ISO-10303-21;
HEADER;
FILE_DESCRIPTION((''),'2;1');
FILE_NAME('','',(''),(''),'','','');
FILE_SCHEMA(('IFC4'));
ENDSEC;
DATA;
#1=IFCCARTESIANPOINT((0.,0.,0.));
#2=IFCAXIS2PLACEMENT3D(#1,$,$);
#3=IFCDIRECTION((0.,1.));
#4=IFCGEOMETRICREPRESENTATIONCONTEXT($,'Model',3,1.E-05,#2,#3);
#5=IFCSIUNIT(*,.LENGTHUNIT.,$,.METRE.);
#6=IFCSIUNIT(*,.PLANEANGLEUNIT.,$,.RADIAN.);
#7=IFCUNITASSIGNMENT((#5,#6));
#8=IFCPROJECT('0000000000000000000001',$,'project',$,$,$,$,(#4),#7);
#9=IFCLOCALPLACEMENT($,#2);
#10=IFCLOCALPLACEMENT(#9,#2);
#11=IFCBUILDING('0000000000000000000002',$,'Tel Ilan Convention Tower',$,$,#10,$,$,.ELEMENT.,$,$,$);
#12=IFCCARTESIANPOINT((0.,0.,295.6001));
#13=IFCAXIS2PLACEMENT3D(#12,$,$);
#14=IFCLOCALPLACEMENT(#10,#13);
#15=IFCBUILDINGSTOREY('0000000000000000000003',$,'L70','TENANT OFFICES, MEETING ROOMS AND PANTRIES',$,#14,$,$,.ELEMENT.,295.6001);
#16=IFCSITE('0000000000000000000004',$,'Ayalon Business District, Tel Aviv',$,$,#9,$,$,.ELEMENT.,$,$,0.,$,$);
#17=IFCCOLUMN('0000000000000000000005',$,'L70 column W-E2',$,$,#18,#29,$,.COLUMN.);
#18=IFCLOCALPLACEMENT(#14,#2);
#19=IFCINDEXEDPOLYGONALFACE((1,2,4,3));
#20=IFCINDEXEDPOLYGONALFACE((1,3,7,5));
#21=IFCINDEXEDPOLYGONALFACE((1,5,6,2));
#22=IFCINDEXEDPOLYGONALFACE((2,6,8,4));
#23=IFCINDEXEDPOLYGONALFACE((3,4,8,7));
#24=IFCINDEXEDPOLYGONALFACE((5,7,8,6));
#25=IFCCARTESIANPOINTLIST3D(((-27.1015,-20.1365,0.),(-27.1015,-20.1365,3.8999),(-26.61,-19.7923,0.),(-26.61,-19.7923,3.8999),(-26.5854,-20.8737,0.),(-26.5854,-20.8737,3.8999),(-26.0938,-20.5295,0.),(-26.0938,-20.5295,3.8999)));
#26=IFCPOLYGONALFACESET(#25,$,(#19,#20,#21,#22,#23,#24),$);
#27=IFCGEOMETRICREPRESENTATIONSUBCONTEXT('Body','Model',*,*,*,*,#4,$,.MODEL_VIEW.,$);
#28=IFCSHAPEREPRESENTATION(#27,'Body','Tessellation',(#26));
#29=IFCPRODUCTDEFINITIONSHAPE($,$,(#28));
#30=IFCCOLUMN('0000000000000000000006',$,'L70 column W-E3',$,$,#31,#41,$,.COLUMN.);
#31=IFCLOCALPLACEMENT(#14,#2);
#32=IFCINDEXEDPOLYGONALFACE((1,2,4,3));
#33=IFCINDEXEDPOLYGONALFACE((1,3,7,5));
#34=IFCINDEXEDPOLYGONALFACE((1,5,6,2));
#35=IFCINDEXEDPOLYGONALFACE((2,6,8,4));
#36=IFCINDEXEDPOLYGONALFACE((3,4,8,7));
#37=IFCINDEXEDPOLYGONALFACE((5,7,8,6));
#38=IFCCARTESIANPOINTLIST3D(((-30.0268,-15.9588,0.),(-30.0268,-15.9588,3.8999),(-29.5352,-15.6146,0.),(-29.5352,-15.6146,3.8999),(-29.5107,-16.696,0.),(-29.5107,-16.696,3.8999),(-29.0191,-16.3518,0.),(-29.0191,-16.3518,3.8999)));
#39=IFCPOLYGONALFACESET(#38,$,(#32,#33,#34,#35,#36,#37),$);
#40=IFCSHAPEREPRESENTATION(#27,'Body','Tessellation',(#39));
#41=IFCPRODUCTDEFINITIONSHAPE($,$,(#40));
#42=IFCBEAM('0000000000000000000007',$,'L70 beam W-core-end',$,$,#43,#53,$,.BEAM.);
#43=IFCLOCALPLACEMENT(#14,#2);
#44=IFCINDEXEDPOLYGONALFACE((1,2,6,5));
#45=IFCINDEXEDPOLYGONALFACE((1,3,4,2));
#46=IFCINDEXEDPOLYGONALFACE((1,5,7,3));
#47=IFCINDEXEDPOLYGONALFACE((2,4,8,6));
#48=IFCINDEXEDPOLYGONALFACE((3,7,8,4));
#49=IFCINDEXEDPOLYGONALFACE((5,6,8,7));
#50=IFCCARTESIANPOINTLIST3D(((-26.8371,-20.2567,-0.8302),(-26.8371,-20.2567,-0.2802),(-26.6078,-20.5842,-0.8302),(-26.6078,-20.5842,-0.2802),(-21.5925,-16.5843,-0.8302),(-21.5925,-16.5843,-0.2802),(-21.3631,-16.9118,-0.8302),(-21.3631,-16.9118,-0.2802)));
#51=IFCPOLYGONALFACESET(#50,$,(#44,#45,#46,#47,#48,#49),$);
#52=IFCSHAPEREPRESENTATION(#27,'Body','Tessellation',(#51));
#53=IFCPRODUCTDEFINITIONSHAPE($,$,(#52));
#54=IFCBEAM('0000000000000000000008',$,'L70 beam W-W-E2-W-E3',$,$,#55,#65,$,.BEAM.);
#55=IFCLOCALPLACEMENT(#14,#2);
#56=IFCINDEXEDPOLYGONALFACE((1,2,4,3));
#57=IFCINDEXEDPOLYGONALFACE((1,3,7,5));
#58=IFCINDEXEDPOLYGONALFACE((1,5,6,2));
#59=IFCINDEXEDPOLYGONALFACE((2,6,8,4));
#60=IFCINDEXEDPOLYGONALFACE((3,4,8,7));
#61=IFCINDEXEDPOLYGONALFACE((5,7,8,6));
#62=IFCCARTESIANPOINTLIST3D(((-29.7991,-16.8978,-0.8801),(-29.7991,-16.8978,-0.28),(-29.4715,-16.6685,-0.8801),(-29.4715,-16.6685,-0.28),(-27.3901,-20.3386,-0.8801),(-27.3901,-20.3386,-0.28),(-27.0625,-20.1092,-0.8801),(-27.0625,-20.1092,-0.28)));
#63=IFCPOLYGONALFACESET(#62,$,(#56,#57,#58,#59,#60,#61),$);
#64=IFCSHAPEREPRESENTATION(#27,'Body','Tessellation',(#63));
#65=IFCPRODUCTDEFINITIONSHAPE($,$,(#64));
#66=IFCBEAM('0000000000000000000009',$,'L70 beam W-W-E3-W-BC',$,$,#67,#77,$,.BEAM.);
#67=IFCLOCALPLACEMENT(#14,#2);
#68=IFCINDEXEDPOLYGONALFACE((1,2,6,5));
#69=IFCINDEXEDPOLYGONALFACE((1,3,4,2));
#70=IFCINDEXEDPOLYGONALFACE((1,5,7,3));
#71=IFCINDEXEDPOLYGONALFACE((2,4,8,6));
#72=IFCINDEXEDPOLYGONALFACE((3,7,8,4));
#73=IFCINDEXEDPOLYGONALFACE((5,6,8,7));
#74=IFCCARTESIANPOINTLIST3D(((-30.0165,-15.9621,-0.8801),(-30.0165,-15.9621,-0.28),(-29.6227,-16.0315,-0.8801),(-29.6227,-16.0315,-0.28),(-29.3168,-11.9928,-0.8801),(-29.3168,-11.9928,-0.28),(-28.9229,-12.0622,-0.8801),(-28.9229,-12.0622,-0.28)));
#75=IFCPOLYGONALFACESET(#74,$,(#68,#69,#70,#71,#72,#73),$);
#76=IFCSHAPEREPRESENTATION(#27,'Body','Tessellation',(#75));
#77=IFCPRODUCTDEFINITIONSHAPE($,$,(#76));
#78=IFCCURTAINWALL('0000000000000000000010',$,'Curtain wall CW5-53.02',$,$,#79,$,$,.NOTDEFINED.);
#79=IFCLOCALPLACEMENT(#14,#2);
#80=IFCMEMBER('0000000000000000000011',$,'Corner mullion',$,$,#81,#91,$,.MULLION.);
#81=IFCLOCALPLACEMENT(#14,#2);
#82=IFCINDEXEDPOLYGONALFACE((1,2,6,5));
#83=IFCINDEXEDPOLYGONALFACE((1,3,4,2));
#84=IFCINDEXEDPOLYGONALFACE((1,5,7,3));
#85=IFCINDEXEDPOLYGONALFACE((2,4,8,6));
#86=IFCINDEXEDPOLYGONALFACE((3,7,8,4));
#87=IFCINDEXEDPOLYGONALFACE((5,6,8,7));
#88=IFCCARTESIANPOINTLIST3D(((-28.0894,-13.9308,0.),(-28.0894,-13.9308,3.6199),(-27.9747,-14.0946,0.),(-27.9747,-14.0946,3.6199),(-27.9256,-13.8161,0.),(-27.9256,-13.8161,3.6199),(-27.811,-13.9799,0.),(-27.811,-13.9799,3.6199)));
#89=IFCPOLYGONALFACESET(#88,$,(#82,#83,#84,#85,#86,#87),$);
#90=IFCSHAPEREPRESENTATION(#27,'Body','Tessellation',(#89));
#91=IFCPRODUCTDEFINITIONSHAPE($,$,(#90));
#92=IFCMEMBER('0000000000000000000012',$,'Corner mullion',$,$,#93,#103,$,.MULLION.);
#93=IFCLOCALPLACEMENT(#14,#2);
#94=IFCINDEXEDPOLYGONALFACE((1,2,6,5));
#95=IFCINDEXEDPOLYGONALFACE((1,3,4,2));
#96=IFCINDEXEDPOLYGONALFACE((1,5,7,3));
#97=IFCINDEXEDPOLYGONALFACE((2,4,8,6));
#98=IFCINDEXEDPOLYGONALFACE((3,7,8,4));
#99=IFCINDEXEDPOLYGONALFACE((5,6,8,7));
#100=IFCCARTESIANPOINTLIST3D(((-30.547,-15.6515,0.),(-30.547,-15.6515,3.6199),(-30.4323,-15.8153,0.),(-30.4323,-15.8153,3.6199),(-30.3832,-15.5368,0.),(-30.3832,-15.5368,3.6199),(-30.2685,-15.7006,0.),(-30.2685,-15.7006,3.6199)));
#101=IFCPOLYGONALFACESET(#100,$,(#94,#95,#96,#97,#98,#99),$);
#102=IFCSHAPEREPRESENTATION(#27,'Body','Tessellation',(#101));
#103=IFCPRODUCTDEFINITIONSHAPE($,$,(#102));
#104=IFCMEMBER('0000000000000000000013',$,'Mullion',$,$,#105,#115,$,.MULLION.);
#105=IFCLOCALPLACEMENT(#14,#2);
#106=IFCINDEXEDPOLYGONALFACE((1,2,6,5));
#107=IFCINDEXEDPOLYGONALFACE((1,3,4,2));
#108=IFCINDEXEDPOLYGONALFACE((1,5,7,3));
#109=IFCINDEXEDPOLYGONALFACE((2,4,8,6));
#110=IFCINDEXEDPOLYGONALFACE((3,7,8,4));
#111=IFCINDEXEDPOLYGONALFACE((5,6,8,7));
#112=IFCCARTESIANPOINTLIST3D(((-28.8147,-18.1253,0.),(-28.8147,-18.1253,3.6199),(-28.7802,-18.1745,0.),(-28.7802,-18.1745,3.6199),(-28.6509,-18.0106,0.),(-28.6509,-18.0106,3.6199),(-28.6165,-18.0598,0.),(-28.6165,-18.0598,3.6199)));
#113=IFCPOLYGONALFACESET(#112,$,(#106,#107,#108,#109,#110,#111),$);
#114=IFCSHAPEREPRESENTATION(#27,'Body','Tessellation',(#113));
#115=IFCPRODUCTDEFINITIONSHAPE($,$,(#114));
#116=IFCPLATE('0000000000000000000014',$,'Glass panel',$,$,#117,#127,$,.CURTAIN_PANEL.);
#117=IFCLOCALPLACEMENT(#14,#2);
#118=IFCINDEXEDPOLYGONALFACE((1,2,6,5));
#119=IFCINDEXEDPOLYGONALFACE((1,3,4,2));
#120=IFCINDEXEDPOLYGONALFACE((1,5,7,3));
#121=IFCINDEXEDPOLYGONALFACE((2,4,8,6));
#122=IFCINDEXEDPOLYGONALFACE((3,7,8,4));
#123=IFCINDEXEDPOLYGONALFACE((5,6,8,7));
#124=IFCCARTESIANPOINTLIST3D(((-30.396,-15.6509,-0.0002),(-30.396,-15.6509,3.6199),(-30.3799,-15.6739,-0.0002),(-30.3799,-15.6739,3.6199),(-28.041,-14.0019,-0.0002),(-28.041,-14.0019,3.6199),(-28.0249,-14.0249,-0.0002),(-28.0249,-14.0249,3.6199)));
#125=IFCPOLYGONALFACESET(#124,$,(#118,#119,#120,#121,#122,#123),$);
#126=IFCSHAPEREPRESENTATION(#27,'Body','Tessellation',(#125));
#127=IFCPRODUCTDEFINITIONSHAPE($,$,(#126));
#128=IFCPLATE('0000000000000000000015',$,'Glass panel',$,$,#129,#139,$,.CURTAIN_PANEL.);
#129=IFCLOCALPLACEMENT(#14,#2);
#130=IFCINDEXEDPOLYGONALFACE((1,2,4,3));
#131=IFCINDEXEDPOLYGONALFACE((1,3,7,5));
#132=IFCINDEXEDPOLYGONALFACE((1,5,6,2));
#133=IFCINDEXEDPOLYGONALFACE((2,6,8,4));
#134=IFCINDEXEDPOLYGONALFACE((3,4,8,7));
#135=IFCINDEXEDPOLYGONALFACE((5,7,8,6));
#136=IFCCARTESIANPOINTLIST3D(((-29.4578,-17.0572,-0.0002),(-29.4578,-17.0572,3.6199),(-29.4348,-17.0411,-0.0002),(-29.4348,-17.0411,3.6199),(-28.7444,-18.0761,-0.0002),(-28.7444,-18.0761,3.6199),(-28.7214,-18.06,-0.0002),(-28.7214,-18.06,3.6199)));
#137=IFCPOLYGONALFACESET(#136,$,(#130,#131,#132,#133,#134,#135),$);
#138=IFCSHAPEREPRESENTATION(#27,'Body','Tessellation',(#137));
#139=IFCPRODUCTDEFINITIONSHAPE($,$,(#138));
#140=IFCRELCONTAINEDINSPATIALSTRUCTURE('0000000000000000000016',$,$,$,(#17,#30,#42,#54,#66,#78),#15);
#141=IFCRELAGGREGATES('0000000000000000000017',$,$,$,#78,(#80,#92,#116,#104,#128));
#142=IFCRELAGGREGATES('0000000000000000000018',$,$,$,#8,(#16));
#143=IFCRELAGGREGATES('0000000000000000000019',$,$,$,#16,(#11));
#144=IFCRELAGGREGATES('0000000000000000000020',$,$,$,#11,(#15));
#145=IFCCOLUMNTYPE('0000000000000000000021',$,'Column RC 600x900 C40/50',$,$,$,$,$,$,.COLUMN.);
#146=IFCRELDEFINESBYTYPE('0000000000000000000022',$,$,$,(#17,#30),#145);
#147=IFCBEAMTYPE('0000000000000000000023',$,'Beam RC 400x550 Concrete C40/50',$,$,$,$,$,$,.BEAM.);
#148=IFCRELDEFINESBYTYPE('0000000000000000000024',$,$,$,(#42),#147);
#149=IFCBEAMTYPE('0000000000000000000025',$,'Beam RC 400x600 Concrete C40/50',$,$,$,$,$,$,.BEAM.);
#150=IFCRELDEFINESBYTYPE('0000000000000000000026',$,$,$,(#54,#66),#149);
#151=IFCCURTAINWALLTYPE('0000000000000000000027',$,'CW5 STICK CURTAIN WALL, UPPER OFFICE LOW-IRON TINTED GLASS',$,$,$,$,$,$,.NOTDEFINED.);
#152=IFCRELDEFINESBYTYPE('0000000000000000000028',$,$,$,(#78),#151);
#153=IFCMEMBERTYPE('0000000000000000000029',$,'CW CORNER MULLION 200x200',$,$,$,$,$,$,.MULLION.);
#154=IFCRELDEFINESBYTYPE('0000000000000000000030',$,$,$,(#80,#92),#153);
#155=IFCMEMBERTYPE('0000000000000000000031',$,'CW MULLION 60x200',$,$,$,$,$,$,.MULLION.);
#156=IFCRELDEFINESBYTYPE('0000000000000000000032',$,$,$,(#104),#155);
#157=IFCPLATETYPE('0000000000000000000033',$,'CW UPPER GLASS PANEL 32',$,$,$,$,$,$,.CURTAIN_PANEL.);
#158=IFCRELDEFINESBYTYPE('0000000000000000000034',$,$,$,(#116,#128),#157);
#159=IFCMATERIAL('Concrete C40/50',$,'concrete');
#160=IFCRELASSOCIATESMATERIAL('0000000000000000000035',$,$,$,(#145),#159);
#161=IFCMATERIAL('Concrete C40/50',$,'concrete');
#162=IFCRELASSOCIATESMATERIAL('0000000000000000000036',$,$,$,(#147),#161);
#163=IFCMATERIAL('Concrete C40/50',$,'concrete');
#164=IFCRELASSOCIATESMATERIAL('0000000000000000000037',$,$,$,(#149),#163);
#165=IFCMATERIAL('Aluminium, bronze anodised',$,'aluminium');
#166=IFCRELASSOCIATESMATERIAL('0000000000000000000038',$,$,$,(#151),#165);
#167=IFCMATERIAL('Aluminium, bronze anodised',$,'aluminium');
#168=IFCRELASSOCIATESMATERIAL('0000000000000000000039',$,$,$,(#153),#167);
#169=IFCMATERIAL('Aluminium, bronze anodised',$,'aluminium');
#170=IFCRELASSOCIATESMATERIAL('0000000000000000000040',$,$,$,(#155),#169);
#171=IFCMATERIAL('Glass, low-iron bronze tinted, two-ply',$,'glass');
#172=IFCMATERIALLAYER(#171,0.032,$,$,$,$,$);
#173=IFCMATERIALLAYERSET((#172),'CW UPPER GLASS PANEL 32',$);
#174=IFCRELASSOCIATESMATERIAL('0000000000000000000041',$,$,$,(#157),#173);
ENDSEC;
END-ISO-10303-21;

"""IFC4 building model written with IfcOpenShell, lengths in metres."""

from ifc_helpers import new_model, si_unit, direction, frame, origin, origin_2d, place, context, subcontext, project, spatial, rectangle, extrude, material, layer, layer_set, material_profile, profile_set, type_object, element, aggregate, save


model = new_model("IFC4")

# Units and contexts
model_context = context("Model", 3, precision=1e-05, world=origin(), true_north=direction((0.0, 1.0)))
body_context = subcontext(model_context, "Body", "Model", "MODEL_VIEW")
ifc_project = project(units=[si_unit("LENGTHUNIT", "METRE"), si_unit("PLANEANGLEUNIT", "RADIAN")], contexts=[model_context])

# Site, building, storey
site_placement = place(None, origin())
site = spatial("IfcSite", under=ifc_project, at=site_placement, Name="Ayalon Business District, Tel Aviv", CompositionType="ELEMENT", RefElevation=0.0)
building_placement = place(site_placement, origin())
building = spatial("IfcBuilding", under=site, at=building_placement, Name="Tel Ilan Convention Tower", CompositionType="ELEMENT")
storey_placement = place(building_placement, frame((0.0, 0.0, 295.6001)))
storey = spatial("IfcBuildingStorey", under=building, at=storey_placement, Name="L70", Description="TENANT OFFICES, MEETING ROOMS AND PANTRIES", CompositionType="ELEMENT", Elevation=295.6001)

# Columns
ifc_material_1 = material(Name="Concrete C40/50", Category="concrete")
ifc_material_profile_1 = material_profile(ifc_material_1, rectangle(XDim=0.8999, YDim=0.6001, at=origin_2d()), Name="RC 600x900")
ifc_profile_set_1 = profile_set([ifc_material_profile_1], Name="Concrete C40/50")
column_type = type_object("IfcColumnType", Name="Column RC 600x900 C40/50", PredefinedType="COLUMN", material=ifc_profile_set_1)
for number, where, z_axis, x_axis, name in (
    (1, (-26.5977, -20.333, 0.0), (0.0, 0.0, 1.0), (-0.573576, 0.819152, 0.0), "L70 column W-E2"),
    (2, (-29.5229, -16.1553, 0.0), (0.0, 0.0, 1.0), (-0.573576, 0.819152, 0.0), "L70 column W-E3"),
):
    element("IfcColumn", number, at=place(storey_placement, frame(where, z_axis=z_axis, x_axis=x_axis)), inside=storey, type_object=column_type, Name=name, PredefinedType="COLUMN", context=body_context, shape_type="SweptSolid", body=[
        extrude(rectangle(XDim=0.8999, YDim=0.6001, at=origin_2d()), origin(), (0.0, 0.0, 1.0), 3.8999),
    ])

# Beams
ifc_material_2 = material(Name="Concrete C40/50", Category="concrete")
ifc_material_profile_2 = material_profile(ifc_material_2, rectangle(XDim=0.3999, YDim=0.55, at=origin_2d()), Name="RC 400x550")
ifc_profile_set_2 = profile_set([ifc_material_profile_2], Name="Concrete C40/50")
beam_type_1 = type_object("IfcBeamType", Name="Beam RC 400x550 Concrete C40/50", PredefinedType="BEAM", material=ifc_profile_set_2)
beam_1_placement = place(storey_placement, frame((-21.4778, -16.748, -0.5552), z_axis=(-0.81915, -0.57358, 0.0), x_axis=(0.57358, -0.81915, 0.0)))
element("IfcBeam", 3, at=beam_1_placement, inside=storey, type_object=beam_type_1, Name="L70 beam W-core-end", PredefinedType="BEAM", context=body_context, shape_type="SweptSolid", body=[
    extrude(rectangle(XDim=0.3999, YDim=0.55, at=origin_2d()), origin(), (0.0, 0.0, 1.0), 6.4026),
])
ifc_material_3 = material(Name="Concrete C40/50", Category="concrete")
ifc_material_profile_3 = material_profile(ifc_material_3, rectangle(XDim=0.3999, YDim=0.6001, at=origin_2d()), Name="RC 400x600")
ifc_profile_set_3 = profile_set([ifc_material_profile_3], Name="Concrete C40/50")
beam_type_2 = type_object("IfcBeamType", Name="Beam RC 400x600 Concrete C40/50", PredefinedType="BEAM", material=ifc_profile_set_3)
beam_2_placement = place(storey_placement, frame((-27.2263, -20.2239, -0.5801), z_axis=(-0.573536, 0.81918, 0.0), x_axis=(-0.81918, -0.573536, 0.0)))
element("IfcBeam", 4, at=beam_2_placement, inside=storey, type_object=beam_type_2, Name="L70 beam W-W-E2-W-E3", PredefinedType="BEAM", context=body_context, shape_type="SweptSolid", body=[
    extrude(rectangle(XDim=0.3999, YDim=0.6001, at=origin_2d()), origin(), (0.0, 0.0, 1.0), 4.2002),
])
beam_3_placement = place(storey_placement, frame((-29.8196, -15.9968, -0.5801), z_axis=(0.173606, 0.984815, 0.0), x_axis=(-0.984815, 0.173606, 0.0)))
element("IfcBeam", 5, at=beam_3_placement, inside=storey, type_object=beam_type_2, Name="L70 beam W-W-E3-W-BC", PredefinedType="BEAM", context=body_context, shape_type="SweptSolid", body=[
    extrude(rectangle(XDim=0.3999, YDim=0.6001, at=origin_2d()), origin(), (0.0, 0.0, 1.0), 4.0305),
])

# Curtain wall, members, plates
ifc_material_4 = material(Name="Aluminium, bronze anodised", Category="aluminium")
curtain_wall_type = type_object("IfcCurtainWallType", Name="CW5 STICK CURTAIN WALL, UPPER OFFICE LOW-IRON TINTED GLASS", PredefinedType="NOTDEFINED", material=ifc_material_4)
curtain_wall_placement = place(storey_placement, origin())
curtain_wall = element("IfcCurtainWall", 6, at=curtain_wall_placement, inside=storey, type_object=curtain_wall_type, Name="Curtain wall CW5-53.02", PredefinedType="NOTDEFINED")
ifc_material_5 = material(Name="Aluminium, bronze anodised", Category="aluminium")
ifc_material_profile_4 = material_profile(ifc_material_5, rectangle(XDim=0.2, YDim=0.2, at=origin_2d()), Name="CW CORNER MULLION 200x200")
ifc_profile_set_4 = profile_set([ifc_material_profile_4], Name="Aluminium, bronze anodised")
member_type_1 = type_object("IfcMemberType", Name="CW CORNER MULLION 200x200", PredefinedType="MULLION", material=ifc_profile_set_4)
member_1_placement = place(storey_placement, frame((-27.9502, -13.9553, 0.0), z_axis=(0.0, 0.0, 1.0), x_axis=(0.573576, -0.819152, 0.0)))
member_1 = element("IfcMember", 7, at=member_1_placement, type_object=member_type_1, Name="Corner mullion", PredefinedType="MULLION", context=body_context, shape_type="SweptSolid", body=[
    extrude(rectangle(XDim=0.2, YDim=0.2, at=origin_2d()), origin(), (0.0, 0.0, 1.0), 3.6199),
])
member_2_placement = place(storey_placement, frame((-30.4077, -15.676, 0.0), z_axis=(0.0, 0.0, 1.0), x_axis=(-0.819152, -0.573576, 0.0)))
member_2 = element("IfcMember", 8, at=member_2_placement, type_object=member_type_1, Name="Corner mullion", PredefinedType="MULLION", context=body_context, shape_type="SweptSolid", body=[
    extrude(rectangle(XDim=0.2, YDim=0.2, at=origin_2d()), origin(), (0.0, 0.0, 1.0), 3.6199),
])
ifc_material_6 = material(Name="Aluminium, bronze anodised", Category="aluminium")
ifc_material_profile_5 = material_profile(ifc_material_6, rectangle(XDim=0.0601, YDim=0.2, at=origin_2d()), Name="CW MULLION 60x200")
ifc_profile_set_5 = profile_set([ifc_material_profile_5], Name="Aluminium, bronze anodised")
member_type_2 = type_object("IfcMemberType", Name="CW MULLION 60x200", PredefinedType="MULLION", material=ifc_profile_set_5)
member_3_placement = place(storey_placement, frame((-28.7156, -18.0925, 0.0), z_axis=(0.0, 0.0, 1.0), x_axis=(0.573576, -0.819152, 0.0)))
member_3 = element("IfcMember", 9, at=member_3_placement, type_object=member_type_2, Name="Mullion", PredefinedType="MULLION", context=body_context, shape_type="SweptSolid", body=[
    extrude(rectangle(XDim=0.0601, YDim=0.2, at=origin_2d()), origin(), (0.0, 0.0, 1.0), 3.6199),
])
ifc_material_7 = material(Name="Glass, low-iron bronze tinted, two-ply", Category="glass")
ifc_layer_1 = layer(ifc_material_7, 0.032)
ifc_layer_set_1 = layer_set([ifc_layer_1], Name="CW UPPER GLASS PANEL 32")
plate_type = type_object("IfcPlateType", Name="CW UPPER GLASS PANEL 32", PredefinedType="CURTAIN_PANEL", material=ifc_layer_set_1)
plate_1_placement = place(storey_placement, frame((-29.2104, -14.8379, -0.0002), z_axis=(0.0, 0.0, 1.0), x_axis=(-0.819152, -0.573576, 0.0)))
plate_1 = element("IfcPlate", 10, at=plate_1_placement, type_object=plate_type, Name="Glass panel", PredefinedType="CURTAIN_PANEL", context=body_context, shape_type="SweptSolid", body=[
    extrude(rectangle(XDim=2.875, YDim=0.0281, at=origin_2d()), origin(), (0.0, 0.0, 1.0), 3.6201),
])
plate_2_placement = place(storey_placement, frame((-29.0896, -17.5586, -0.0002), z_axis=(0.0, 0.0, 1.0), x_axis=(0.573576, -0.819152, 0.0)))
plate_2 = element("IfcPlate", 11, at=plate_2_placement, type_object=plate_type, Name="Glass panel", PredefinedType="CURTAIN_PANEL", context=body_context, shape_type="SweptSolid", body=[
    extrude(rectangle(XDim=1.2439, YDim=0.0281, at=origin_2d()), origin(), (0.0, 0.0, 1.0), 3.6201),
])
aggregate(curtain_wall, [member_1, member_2, plate_1, member_3, plate_2])

save(model, "model.ifc")
